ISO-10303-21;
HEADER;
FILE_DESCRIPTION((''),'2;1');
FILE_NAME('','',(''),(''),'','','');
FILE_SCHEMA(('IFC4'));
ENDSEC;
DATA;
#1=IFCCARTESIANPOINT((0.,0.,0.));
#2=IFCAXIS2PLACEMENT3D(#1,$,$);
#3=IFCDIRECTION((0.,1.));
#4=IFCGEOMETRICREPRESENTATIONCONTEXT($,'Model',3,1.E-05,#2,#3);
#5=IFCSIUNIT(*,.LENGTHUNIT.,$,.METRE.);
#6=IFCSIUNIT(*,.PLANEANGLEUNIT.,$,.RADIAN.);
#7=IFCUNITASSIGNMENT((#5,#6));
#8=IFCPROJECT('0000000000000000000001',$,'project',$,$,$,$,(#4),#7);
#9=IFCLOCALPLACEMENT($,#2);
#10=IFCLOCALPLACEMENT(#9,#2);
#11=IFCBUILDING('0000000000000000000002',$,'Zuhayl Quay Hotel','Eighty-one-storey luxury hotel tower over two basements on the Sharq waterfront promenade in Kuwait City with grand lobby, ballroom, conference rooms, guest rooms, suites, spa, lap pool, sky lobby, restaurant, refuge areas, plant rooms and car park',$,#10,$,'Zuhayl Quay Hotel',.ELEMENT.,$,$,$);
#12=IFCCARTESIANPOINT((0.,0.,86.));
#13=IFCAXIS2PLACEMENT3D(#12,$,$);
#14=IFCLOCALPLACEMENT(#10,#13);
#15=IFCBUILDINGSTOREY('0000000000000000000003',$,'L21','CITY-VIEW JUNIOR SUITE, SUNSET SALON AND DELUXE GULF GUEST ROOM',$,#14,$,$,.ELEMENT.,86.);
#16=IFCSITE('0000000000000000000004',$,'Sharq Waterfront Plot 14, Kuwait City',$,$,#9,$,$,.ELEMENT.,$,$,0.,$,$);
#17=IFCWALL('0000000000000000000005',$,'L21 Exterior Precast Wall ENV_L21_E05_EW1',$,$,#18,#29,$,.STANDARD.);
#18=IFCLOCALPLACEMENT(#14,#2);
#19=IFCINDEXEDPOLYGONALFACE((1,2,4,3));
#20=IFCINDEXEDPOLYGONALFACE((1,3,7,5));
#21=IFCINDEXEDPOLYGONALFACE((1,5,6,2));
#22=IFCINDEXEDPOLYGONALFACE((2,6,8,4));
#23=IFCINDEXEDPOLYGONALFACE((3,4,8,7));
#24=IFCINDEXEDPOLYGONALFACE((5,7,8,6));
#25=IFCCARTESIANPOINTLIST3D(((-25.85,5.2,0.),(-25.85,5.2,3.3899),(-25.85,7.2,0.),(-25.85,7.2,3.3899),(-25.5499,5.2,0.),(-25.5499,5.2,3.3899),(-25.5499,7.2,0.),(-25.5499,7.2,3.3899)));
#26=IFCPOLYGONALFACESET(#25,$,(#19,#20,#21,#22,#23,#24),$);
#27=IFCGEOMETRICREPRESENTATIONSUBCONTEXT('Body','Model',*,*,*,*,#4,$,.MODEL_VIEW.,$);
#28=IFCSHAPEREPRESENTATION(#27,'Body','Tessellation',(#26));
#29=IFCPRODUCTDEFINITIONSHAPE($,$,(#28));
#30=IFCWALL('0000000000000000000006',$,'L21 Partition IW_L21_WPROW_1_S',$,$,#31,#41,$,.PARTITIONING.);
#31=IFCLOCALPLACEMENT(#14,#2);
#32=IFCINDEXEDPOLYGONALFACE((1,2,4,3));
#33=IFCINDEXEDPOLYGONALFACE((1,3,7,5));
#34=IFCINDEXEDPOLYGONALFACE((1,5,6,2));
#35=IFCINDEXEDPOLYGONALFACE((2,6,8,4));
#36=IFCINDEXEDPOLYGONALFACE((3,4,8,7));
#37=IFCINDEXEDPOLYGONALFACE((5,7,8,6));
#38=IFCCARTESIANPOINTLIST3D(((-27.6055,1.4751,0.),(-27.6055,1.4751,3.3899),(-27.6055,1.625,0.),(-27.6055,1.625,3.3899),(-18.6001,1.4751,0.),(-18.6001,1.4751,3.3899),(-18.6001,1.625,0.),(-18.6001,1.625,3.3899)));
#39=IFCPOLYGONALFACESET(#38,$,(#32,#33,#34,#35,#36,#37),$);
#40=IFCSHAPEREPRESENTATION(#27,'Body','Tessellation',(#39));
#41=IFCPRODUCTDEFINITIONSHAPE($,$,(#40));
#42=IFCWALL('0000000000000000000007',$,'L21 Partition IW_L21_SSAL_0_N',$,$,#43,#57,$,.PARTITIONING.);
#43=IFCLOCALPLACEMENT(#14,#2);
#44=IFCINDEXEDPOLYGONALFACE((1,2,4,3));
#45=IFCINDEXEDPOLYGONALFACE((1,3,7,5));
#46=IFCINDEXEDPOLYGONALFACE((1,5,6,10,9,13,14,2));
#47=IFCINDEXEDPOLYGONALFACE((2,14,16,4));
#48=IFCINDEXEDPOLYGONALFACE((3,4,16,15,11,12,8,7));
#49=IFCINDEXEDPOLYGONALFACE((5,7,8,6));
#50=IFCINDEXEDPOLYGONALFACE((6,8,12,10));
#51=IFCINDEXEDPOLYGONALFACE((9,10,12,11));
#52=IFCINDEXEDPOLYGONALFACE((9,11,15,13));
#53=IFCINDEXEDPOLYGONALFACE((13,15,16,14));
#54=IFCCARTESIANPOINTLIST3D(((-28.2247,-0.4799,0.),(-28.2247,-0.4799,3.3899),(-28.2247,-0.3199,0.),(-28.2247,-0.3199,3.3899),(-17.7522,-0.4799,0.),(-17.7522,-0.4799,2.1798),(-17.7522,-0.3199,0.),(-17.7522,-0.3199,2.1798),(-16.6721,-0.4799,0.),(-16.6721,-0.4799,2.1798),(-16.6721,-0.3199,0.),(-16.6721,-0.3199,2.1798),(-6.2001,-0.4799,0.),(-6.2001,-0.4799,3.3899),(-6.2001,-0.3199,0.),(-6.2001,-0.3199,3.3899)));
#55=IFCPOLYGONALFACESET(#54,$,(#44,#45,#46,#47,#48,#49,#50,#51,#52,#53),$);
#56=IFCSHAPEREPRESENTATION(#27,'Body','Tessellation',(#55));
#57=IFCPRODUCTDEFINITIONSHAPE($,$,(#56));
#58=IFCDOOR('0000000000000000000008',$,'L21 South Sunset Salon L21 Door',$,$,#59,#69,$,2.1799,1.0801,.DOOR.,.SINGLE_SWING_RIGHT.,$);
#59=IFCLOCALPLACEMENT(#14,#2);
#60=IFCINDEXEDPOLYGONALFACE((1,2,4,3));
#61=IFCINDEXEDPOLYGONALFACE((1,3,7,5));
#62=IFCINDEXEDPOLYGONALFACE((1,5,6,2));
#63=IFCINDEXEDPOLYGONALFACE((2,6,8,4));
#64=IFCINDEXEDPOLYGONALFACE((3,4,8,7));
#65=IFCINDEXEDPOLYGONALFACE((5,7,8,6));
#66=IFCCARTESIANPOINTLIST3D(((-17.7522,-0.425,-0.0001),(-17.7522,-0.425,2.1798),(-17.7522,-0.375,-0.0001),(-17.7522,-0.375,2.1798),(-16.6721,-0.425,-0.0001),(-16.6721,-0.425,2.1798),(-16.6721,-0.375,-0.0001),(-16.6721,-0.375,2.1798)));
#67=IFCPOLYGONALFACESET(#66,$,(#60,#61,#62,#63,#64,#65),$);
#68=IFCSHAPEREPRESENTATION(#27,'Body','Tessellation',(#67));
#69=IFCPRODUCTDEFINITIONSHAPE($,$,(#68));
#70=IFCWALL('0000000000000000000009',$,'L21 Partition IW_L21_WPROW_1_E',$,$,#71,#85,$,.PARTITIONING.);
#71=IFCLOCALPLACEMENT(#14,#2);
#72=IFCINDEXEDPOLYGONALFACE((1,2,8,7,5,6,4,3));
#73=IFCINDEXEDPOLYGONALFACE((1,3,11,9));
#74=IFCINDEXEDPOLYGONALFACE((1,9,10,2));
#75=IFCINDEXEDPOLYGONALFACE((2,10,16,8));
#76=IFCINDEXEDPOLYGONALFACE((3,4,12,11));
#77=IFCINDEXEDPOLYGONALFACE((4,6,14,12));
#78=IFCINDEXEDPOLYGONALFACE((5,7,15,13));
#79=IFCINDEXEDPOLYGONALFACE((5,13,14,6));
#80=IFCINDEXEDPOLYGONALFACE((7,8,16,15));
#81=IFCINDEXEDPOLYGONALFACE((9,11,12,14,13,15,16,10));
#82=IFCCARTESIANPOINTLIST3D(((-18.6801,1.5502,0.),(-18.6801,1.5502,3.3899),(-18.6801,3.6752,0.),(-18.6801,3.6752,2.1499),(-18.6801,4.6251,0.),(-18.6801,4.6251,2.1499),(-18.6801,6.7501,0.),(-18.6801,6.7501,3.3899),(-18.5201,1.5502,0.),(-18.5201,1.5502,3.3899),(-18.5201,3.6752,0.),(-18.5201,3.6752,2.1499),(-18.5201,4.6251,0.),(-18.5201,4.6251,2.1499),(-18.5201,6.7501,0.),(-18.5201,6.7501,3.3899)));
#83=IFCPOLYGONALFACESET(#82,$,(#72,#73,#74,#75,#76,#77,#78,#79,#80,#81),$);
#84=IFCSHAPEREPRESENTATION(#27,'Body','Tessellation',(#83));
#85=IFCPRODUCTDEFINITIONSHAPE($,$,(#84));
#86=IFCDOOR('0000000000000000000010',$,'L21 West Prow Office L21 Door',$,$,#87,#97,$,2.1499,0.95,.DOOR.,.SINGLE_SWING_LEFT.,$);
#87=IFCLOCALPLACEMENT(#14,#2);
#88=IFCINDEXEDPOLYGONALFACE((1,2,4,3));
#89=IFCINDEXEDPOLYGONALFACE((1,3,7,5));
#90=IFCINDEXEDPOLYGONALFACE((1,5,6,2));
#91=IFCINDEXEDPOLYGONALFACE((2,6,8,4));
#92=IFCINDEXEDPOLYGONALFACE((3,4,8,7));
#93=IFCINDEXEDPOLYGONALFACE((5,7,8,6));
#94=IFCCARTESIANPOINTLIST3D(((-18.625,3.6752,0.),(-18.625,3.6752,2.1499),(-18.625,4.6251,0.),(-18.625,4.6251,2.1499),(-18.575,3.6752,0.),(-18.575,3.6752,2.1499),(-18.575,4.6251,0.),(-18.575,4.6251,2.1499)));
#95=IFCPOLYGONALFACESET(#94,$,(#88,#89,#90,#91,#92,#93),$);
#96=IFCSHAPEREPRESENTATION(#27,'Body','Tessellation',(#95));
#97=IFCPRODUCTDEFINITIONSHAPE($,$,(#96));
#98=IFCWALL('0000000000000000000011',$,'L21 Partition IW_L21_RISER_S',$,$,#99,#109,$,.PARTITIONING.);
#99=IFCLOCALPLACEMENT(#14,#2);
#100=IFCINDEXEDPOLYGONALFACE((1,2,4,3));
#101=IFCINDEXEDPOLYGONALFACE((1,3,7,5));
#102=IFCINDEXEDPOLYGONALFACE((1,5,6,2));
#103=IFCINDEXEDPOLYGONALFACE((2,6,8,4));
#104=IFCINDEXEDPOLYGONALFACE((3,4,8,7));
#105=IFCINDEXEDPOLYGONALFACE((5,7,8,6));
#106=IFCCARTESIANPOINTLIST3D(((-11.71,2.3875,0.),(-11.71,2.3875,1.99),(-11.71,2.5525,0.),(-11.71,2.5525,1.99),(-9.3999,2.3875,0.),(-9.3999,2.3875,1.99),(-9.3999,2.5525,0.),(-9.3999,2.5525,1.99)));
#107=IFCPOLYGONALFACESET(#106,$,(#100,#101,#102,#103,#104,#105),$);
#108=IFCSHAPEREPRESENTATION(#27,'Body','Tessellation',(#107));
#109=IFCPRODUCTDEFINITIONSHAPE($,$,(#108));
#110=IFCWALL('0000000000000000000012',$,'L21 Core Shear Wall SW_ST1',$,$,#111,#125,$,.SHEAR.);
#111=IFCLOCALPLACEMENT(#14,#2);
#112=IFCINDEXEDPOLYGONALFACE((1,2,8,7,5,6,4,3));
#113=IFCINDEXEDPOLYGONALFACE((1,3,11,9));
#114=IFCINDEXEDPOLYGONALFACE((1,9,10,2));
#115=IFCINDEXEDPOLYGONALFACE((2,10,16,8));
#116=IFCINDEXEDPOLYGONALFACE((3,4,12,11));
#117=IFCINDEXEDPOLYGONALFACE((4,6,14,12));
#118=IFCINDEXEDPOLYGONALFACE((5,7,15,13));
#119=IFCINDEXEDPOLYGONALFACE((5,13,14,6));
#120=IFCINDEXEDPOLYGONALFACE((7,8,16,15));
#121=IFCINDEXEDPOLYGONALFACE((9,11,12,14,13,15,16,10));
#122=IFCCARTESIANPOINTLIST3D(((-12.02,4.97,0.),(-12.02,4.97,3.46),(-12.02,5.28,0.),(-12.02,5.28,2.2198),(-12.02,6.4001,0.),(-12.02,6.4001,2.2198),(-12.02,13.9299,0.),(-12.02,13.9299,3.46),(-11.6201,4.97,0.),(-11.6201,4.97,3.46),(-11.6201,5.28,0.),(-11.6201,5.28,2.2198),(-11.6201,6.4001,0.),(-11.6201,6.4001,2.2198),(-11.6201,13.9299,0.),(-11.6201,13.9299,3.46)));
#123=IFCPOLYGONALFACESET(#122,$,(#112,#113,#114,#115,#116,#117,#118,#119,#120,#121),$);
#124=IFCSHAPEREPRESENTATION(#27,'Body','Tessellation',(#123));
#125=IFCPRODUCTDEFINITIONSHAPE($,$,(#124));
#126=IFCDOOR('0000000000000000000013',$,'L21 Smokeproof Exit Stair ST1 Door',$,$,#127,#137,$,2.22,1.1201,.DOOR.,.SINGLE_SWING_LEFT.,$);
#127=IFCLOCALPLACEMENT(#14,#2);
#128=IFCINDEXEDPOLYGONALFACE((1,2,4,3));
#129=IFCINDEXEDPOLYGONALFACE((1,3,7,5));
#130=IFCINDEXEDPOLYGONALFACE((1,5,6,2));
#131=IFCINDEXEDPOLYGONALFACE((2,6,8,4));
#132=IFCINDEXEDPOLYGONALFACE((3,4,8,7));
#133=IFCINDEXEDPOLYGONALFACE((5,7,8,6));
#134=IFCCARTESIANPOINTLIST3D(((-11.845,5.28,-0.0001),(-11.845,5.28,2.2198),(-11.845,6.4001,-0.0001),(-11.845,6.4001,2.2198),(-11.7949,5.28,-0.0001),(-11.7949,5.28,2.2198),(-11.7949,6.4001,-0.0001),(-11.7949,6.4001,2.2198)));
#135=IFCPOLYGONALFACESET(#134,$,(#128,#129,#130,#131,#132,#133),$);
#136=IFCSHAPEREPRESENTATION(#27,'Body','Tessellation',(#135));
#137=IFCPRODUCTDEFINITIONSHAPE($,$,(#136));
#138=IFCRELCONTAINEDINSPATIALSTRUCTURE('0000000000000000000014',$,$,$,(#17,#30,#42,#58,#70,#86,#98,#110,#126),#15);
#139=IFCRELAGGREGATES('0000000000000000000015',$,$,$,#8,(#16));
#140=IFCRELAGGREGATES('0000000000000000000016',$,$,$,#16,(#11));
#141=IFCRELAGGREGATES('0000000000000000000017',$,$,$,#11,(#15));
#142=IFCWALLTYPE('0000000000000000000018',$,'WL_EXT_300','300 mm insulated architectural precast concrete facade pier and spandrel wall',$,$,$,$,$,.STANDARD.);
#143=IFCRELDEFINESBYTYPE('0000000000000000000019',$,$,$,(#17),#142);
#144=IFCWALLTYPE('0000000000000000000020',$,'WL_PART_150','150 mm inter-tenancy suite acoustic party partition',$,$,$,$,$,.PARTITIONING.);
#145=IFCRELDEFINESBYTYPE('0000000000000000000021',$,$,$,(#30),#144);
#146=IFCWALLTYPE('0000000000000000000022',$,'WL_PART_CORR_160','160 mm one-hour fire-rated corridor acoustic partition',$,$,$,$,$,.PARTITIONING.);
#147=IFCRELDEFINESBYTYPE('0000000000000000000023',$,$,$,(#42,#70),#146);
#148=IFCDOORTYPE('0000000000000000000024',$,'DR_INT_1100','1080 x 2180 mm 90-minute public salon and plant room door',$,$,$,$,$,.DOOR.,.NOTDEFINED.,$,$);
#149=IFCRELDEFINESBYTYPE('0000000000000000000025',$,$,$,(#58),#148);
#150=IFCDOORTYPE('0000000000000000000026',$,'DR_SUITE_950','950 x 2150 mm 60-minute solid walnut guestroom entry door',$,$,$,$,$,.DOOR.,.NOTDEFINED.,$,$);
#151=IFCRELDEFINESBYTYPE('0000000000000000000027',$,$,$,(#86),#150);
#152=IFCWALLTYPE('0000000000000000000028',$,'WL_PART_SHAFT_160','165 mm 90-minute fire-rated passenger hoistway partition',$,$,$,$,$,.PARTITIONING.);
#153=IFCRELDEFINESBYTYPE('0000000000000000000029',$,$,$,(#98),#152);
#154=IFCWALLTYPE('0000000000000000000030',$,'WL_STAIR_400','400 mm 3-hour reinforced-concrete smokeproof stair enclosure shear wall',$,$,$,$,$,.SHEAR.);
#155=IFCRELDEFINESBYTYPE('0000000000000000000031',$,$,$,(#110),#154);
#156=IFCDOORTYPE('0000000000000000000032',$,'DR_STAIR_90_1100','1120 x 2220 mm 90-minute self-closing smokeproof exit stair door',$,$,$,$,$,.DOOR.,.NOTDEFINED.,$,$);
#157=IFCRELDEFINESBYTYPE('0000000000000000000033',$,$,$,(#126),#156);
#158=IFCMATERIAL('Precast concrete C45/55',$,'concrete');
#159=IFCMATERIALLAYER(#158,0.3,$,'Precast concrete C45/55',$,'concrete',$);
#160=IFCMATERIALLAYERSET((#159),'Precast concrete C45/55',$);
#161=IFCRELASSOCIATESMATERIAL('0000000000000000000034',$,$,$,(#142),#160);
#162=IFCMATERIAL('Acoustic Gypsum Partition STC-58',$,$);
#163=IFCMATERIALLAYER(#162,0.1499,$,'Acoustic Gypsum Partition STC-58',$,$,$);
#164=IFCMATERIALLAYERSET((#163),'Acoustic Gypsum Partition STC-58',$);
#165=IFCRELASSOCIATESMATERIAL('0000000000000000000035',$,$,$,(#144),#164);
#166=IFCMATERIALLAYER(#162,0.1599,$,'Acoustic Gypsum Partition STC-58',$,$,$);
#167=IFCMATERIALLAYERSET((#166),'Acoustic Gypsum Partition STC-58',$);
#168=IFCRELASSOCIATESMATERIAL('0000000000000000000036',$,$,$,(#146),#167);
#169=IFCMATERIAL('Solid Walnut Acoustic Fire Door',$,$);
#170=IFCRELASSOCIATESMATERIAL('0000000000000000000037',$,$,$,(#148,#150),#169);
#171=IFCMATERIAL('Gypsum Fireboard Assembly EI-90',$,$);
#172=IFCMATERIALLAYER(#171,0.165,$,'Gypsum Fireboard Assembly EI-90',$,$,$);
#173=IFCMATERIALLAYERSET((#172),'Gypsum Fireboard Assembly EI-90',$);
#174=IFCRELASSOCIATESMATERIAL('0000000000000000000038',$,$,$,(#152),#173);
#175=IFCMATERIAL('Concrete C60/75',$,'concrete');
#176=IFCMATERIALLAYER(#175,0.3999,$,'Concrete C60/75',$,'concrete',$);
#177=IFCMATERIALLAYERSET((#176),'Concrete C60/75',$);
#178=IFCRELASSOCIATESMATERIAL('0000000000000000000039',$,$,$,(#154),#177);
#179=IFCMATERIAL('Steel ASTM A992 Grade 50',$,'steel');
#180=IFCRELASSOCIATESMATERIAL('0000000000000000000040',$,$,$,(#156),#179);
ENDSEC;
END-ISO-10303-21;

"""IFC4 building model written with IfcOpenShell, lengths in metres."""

from ifc_helpers import new_model, si_unit, direction, frame, frame_2d, origin, place, context, subcontext, project, spatial, rectangle, extrude, material, layer, layer_set, type_object, element, fill, save


model = new_model("IFC4")

# Units and contexts
model_context = context("Model", 3, precision=1e-05, world=origin(), true_north=direction((0.0, 1.0)))
body_context = subcontext(model_context, "Body", "Model", "MODEL_VIEW")
ifc_project = project(units=[si_unit("LENGTHUNIT", "METRE"), si_unit("PLANEANGLEUNIT", "RADIAN")], contexts=[model_context])

# Site, building, storey
site_placement = place(None, origin())
site = spatial("IfcSite", under=ifc_project, at=site_placement, Name="Sharq Waterfront Plot 14, Kuwait City", CompositionType="ELEMENT", RefElevation=0.0)
building_placement = place(site_placement, origin())
building = spatial("IfcBuilding", under=site, at=building_placement, Name="Zuhayl Quay Hotel", Description="Eighty-one-storey luxury hotel tower over two basements on the Sharq waterfront promenade in Kuwait City with grand lobby, ballroom, conference rooms, guest rooms, suites, spa, lap pool, sky lobby, restaurant, refuge areas, plant rooms and car park", LongName="Zuhayl Quay Hotel", CompositionType="ELEMENT")
storey_placement = place(building_placement, frame((0.0, 0.0, 86.0)))
storey = spatial("IfcBuildingStorey", under=building, at=storey_placement, Name="L21", Description="CITY-VIEW JUNIOR SUITE, SUNSET SALON AND DELUXE GULF GUEST ROOM", CompositionType="ELEMENT", Elevation=86.0)

# Shared definitions
ifc_material_1 = material(Name="Steel ASTM A992 Grade 50", Category="steel")
ifc_material_2 = material(Name="Concrete C60/75", Category="concrete")

# Shared definitions
ifc_material_3 = material(Name="Precast concrete C45/55", Category="concrete")
ifc_layer_1 = layer(ifc_material_3, 0.3, Name="Precast concrete C45/55", Category="concrete")
ifc_layer_set_1 = layer_set([ifc_layer_1], Name="Precast concrete C45/55")
wall_type_1 = type_object("IfcWallType", Name="WL_EXT_300", Description="300 mm insulated architectural precast concrete facade pier and spandrel wall", PredefinedType="STANDARD", material=ifc_layer_set_1)

# Walls
wall_1_placement = place(storey_placement, frame((-25.7, 5.2, 0.0), z_axis=(0.0, 0.0, 1.0), x_axis=(0.0, 1.0, 0.0)))
element("IfcWall", 1, at=wall_1_placement, inside=storey, type_object=wall_type_1, Name="L21 Exterior Precast Wall ENV_L21_E05_EW1", PredefinedType="STANDARD", context=body_context, shape_type="SweptSolid", body=[
    extrude(rectangle(XDim=2.0, YDim=0.3, at=frame_2d((1.0, 0.0))), origin(), (0.0, 0.0, 1.0), 3.3899),
])
ifc_material_4 = material(Name="Acoustic Gypsum Partition STC-58")
ifc_layer_2 = layer(ifc_material_4, 0.1499, Name="Acoustic Gypsum Partition STC-58")
ifc_layer_set_2 = layer_set([ifc_layer_2], Name="Acoustic Gypsum Partition STC-58")
wall_type_2 = type_object("IfcWallType", Name="WL_PART_150", Description="150 mm inter-tenancy suite acoustic party partition", PredefinedType="PARTITIONING", material=ifc_layer_set_2)
wall_2_placement = place(storey_placement, frame((-27.6055, 1.55, 0.0), z_axis=(0.0, 0.0, 1.0), x_axis=(1.0, 0.0, 0.0)))
element("IfcWall", 2, at=wall_2_placement, inside=storey, type_object=wall_type_2, Name="L21 Partition IW_L21_WPROW_1_S", PredefinedType="PARTITIONING", context=body_context, shape_type="SweptSolid", body=[
    extrude(rectangle(XDim=9.0054, YDim=0.1499, at=frame_2d((4.5027, 0.0))), origin(), (0.0, 0.0, 1.0), 3.3899),
])

# Walls, openings, doors
ifc_layer_3 = layer(ifc_material_4, 0.1599, Name="Acoustic Gypsum Partition STC-58")
ifc_layer_set_3 = layer_set([ifc_layer_3], Name="Acoustic Gypsum Partition STC-58")
wall_type_3 = type_object("IfcWallType", Name="WL_PART_CORR_160", Description="160 mm one-hour fire-rated corridor acoustic partition", PredefinedType="PARTITIONING", material=ifc_layer_set_3)
wall_3_placement = place(storey_placement, frame((-28.2246, -0.3999, 0.0), z_axis=(0.0, 0.0, 1.0), x_axis=(1.0, 0.0, 0.0)))
wall_3 = element("IfcWall", 3, at=wall_3_placement, inside=storey, type_object=wall_type_3, Name="L21 Partition IW_L21_SSAL_0_N", PredefinedType="PARTITIONING", context=body_context, shape_type="SweptSolid", body=[
    extrude(rectangle(XDim=22.0247, YDim=0.1599, at=frame_2d((11.0122, 0.0))), origin(), (0.0, 0.0, 1.0), 3.3899),
])
opening_1_placement = place(wall_3_placement, frame((10.4724, 0.0, 0.0)))
opening_1 = element("IfcOpeningElement", 4, at=opening_1_placement, cuts=wall_3, PredefinedType="OPENING", context=body_context, shape_type="SweptSolid", body=[
    extrude(rectangle(XDim=1.0801, YDim=2.1799, at=frame_2d((0.54, 1.0898))), frame((0.0, 0.0898, 0.0), z_axis=(0.0, -1.0, 0.0), x_axis=(1.0, 0.0, 0.0)), (0.0, 0.0, 1.0), 0.1799),
])
ifc_material_5 = material(Name="Solid Walnut Acoustic Fire Door")
door_type_1 = type_object("IfcDoorType", Name="DR_INT_1100", Description="1080 x 2180 mm 90-minute public salon and plant room door", OperationType="NOTDEFINED", PredefinedType="DOOR", material=ifc_material_5)
door_1_placement = place(opening_1_placement, origin())
door_1 = element("IfcDoor", 5, at=door_1_placement, inside=storey, type_object=door_type_1, Name="L21 South Sunset Salon L21 Door", OperationType="SINGLE_SWING_RIGHT", OverallHeight=2.1799, OverallWidth=1.0801, PredefinedType="DOOR", context=body_context, shape_type="SweptSolid", body=[
    extrude(rectangle(XDim=1.0801, YDim=2.1799, at=frame_2d((0.54, 1.0898))), frame((0.0, 0.0249, 0.0), z_axis=(0.0, -1.0, 0.0), x_axis=(1.0, 0.0, 0.0)), (0.0, 0.0, 1.0), 0.05),
])
fill(opening_1, door_1)
wall_4_placement = place(storey_placement, frame((-18.6001, 1.55, 0.0), z_axis=(0.0, 0.0, 1.0), x_axis=(0.0, 1.0, 0.0)))
wall_4 = element("IfcWall", 6, at=wall_4_placement, inside=storey, type_object=wall_type_3, Name="L21 Partition IW_L21_WPROW_1_E", PredefinedType="PARTITIONING", context=body_context, shape_type="SweptSolid", body=[
    extrude(rectangle(XDim=5.2, YDim=0.1599, at=frame_2d((2.6001, 0.0))), origin(), (0.0, 0.0, 1.0), 3.3899),
])
opening_2_placement = place(wall_4_placement, frame((2.125, 0.0, 0.0)))
opening_2 = element("IfcOpeningElement", 7, at=opening_2_placement, cuts=wall_4, PredefinedType="OPENING", context=body_context, shape_type="SweptSolid", body=[
    extrude(rectangle(XDim=0.95, YDim=2.1499, at=frame_2d((0.4751, 1.075))), frame((0.0, 0.0898, 0.0), z_axis=(0.0, -1.0, 0.0), x_axis=(1.0, 0.0, 0.0)), (0.0, 0.0, 1.0), 0.1799),
])
door_type_2 = type_object("IfcDoorType", Name="DR_SUITE_950", Description="950 x 2150 mm 60-minute solid walnut guestroom entry door", OperationType="NOTDEFINED", PredefinedType="DOOR", material=ifc_material_5)
door_2_placement = place(opening_2_placement, origin())
door_2 = element("IfcDoor", 8, at=door_2_placement, inside=storey, type_object=door_type_2, Name="L21 West Prow Office L21 Door", OperationType="SINGLE_SWING_LEFT", OverallHeight=2.1499, OverallWidth=0.95, PredefinedType="DOOR", context=body_context, shape_type="SweptSolid", body=[
    extrude(rectangle(XDim=0.95, YDim=2.1499, at=frame_2d((0.4751, 1.075))), frame((0.0, 0.0249, 0.0), z_axis=(0.0, -1.0, 0.0), x_axis=(1.0, 0.0, 0.0)), (0.0, 0.0, 1.0), 0.05),
])
fill(opening_2, door_2)

# Wall
ifc_material_6 = material(Name="Gypsum Fireboard Assembly EI-90")
ifc_layer_4 = layer(ifc_material_6, 0.165, Name="Gypsum Fireboard Assembly EI-90")
ifc_layer_set_4 = layer_set([ifc_layer_4], Name="Gypsum Fireboard Assembly EI-90")
wall_type_4 = type_object("IfcWallType", Name="WL_PART_SHAFT_160", Description="165 mm 90-minute fire-rated passenger hoistway partition", PredefinedType="PARTITIONING", material=ifc_layer_set_4)
wall_5_placement = place(storey_placement, frame((-11.71, 2.47, 0.0), z_axis=(0.0, 0.0, 1.0), x_axis=(1.0, 0.0, 0.0)))
element("IfcWall", 9, at=wall_5_placement, inside=storey, type_object=wall_type_4, Name="L21 Partition IW_L21_RISER_S", PredefinedType="PARTITIONING", context=body_context, shape_type="SweptSolid", body=[
    extrude(rectangle(XDim=2.3101, YDim=0.165, at=frame_2d((1.155, 0.0))), origin(), (0.0, 0.0, 1.0), 1.99),
])

# Wall, opening, door
ifc_layer_5 = layer(ifc_material_2, 0.3999, Name="Concrete C60/75", Category="concrete")
ifc_layer_set_5 = layer_set([ifc_layer_5], Name="Concrete C60/75")
wall_type_5 = type_object("IfcWallType", Name="WL_STAIR_400", Description="400 mm 3-hour reinforced-concrete smokeproof stair enclosure shear wall", PredefinedType="SHEAR", material=ifc_layer_set_5)
wall_6_placement = place(storey_placement, frame((-11.8201, 4.97, 0.0), z_axis=(0.0, 0.0, 1.0), x_axis=(0.0, 1.0, 0.0)))
wall_6 = element("IfcWall", 10, at=wall_6_placement, inside=storey, type_object=wall_type_5, Name="L21 Core Shear Wall SW_ST1", PredefinedType="SHEAR", context=body_context, shape_type="SweptSolid", body=[
    extrude(rectangle(XDim=8.96, YDim=0.3999, at=frame_2d((4.48, 0.0))), origin(), (0.0, 0.0, 1.0), 3.46),
])
opening_3_placement = place(wall_6_placement, frame((0.3101, 0.0, 0.0)))
opening_3 = element("IfcOpeningElement", 11, at=opening_3_placement, cuts=wall_6, PredefinedType="OPENING", context=body_context, shape_type="SweptSolid", body=[
    extrude(rectangle(XDim=1.1201, YDim=2.22, at=frame_2d((0.5601, 1.1099))), frame((0.0, 0.21, 0.0), z_axis=(0.0, -1.0, 0.0), x_axis=(1.0, 0.0, 0.0)), (0.0, 0.0, 1.0), 0.4199),
])
door_type_3 = type_object("IfcDoorType", Name="DR_STAIR_90_1100", Description="1120 x 2220 mm 90-minute self-closing smokeproof exit stair door", OperationType="NOTDEFINED", PredefinedType="DOOR", material=ifc_material_1)
door_3_placement = place(opening_3_placement, origin())
door_3 = element("IfcDoor", 12, at=door_3_placement, inside=storey, type_object=door_type_3, Name="L21 Smokeproof Exit Stair ST1 Door", OperationType="SINGLE_SWING_LEFT", OverallHeight=2.22, OverallWidth=1.1201, PredefinedType="DOOR", context=body_context, shape_type="SweptSolid", body=[
    extrude(rectangle(XDim=1.1201, YDim=2.22, at=frame_2d((0.5601, 1.1099))), frame((0.0, 0.0249, 0.0), z_axis=(0.0, -1.0, 0.0), x_axis=(1.0, 0.0, 0.0)), (0.0, 0.0, 1.0), 0.05),
])
fill(opening_3, door_3)

save(model, "model.ifc")
